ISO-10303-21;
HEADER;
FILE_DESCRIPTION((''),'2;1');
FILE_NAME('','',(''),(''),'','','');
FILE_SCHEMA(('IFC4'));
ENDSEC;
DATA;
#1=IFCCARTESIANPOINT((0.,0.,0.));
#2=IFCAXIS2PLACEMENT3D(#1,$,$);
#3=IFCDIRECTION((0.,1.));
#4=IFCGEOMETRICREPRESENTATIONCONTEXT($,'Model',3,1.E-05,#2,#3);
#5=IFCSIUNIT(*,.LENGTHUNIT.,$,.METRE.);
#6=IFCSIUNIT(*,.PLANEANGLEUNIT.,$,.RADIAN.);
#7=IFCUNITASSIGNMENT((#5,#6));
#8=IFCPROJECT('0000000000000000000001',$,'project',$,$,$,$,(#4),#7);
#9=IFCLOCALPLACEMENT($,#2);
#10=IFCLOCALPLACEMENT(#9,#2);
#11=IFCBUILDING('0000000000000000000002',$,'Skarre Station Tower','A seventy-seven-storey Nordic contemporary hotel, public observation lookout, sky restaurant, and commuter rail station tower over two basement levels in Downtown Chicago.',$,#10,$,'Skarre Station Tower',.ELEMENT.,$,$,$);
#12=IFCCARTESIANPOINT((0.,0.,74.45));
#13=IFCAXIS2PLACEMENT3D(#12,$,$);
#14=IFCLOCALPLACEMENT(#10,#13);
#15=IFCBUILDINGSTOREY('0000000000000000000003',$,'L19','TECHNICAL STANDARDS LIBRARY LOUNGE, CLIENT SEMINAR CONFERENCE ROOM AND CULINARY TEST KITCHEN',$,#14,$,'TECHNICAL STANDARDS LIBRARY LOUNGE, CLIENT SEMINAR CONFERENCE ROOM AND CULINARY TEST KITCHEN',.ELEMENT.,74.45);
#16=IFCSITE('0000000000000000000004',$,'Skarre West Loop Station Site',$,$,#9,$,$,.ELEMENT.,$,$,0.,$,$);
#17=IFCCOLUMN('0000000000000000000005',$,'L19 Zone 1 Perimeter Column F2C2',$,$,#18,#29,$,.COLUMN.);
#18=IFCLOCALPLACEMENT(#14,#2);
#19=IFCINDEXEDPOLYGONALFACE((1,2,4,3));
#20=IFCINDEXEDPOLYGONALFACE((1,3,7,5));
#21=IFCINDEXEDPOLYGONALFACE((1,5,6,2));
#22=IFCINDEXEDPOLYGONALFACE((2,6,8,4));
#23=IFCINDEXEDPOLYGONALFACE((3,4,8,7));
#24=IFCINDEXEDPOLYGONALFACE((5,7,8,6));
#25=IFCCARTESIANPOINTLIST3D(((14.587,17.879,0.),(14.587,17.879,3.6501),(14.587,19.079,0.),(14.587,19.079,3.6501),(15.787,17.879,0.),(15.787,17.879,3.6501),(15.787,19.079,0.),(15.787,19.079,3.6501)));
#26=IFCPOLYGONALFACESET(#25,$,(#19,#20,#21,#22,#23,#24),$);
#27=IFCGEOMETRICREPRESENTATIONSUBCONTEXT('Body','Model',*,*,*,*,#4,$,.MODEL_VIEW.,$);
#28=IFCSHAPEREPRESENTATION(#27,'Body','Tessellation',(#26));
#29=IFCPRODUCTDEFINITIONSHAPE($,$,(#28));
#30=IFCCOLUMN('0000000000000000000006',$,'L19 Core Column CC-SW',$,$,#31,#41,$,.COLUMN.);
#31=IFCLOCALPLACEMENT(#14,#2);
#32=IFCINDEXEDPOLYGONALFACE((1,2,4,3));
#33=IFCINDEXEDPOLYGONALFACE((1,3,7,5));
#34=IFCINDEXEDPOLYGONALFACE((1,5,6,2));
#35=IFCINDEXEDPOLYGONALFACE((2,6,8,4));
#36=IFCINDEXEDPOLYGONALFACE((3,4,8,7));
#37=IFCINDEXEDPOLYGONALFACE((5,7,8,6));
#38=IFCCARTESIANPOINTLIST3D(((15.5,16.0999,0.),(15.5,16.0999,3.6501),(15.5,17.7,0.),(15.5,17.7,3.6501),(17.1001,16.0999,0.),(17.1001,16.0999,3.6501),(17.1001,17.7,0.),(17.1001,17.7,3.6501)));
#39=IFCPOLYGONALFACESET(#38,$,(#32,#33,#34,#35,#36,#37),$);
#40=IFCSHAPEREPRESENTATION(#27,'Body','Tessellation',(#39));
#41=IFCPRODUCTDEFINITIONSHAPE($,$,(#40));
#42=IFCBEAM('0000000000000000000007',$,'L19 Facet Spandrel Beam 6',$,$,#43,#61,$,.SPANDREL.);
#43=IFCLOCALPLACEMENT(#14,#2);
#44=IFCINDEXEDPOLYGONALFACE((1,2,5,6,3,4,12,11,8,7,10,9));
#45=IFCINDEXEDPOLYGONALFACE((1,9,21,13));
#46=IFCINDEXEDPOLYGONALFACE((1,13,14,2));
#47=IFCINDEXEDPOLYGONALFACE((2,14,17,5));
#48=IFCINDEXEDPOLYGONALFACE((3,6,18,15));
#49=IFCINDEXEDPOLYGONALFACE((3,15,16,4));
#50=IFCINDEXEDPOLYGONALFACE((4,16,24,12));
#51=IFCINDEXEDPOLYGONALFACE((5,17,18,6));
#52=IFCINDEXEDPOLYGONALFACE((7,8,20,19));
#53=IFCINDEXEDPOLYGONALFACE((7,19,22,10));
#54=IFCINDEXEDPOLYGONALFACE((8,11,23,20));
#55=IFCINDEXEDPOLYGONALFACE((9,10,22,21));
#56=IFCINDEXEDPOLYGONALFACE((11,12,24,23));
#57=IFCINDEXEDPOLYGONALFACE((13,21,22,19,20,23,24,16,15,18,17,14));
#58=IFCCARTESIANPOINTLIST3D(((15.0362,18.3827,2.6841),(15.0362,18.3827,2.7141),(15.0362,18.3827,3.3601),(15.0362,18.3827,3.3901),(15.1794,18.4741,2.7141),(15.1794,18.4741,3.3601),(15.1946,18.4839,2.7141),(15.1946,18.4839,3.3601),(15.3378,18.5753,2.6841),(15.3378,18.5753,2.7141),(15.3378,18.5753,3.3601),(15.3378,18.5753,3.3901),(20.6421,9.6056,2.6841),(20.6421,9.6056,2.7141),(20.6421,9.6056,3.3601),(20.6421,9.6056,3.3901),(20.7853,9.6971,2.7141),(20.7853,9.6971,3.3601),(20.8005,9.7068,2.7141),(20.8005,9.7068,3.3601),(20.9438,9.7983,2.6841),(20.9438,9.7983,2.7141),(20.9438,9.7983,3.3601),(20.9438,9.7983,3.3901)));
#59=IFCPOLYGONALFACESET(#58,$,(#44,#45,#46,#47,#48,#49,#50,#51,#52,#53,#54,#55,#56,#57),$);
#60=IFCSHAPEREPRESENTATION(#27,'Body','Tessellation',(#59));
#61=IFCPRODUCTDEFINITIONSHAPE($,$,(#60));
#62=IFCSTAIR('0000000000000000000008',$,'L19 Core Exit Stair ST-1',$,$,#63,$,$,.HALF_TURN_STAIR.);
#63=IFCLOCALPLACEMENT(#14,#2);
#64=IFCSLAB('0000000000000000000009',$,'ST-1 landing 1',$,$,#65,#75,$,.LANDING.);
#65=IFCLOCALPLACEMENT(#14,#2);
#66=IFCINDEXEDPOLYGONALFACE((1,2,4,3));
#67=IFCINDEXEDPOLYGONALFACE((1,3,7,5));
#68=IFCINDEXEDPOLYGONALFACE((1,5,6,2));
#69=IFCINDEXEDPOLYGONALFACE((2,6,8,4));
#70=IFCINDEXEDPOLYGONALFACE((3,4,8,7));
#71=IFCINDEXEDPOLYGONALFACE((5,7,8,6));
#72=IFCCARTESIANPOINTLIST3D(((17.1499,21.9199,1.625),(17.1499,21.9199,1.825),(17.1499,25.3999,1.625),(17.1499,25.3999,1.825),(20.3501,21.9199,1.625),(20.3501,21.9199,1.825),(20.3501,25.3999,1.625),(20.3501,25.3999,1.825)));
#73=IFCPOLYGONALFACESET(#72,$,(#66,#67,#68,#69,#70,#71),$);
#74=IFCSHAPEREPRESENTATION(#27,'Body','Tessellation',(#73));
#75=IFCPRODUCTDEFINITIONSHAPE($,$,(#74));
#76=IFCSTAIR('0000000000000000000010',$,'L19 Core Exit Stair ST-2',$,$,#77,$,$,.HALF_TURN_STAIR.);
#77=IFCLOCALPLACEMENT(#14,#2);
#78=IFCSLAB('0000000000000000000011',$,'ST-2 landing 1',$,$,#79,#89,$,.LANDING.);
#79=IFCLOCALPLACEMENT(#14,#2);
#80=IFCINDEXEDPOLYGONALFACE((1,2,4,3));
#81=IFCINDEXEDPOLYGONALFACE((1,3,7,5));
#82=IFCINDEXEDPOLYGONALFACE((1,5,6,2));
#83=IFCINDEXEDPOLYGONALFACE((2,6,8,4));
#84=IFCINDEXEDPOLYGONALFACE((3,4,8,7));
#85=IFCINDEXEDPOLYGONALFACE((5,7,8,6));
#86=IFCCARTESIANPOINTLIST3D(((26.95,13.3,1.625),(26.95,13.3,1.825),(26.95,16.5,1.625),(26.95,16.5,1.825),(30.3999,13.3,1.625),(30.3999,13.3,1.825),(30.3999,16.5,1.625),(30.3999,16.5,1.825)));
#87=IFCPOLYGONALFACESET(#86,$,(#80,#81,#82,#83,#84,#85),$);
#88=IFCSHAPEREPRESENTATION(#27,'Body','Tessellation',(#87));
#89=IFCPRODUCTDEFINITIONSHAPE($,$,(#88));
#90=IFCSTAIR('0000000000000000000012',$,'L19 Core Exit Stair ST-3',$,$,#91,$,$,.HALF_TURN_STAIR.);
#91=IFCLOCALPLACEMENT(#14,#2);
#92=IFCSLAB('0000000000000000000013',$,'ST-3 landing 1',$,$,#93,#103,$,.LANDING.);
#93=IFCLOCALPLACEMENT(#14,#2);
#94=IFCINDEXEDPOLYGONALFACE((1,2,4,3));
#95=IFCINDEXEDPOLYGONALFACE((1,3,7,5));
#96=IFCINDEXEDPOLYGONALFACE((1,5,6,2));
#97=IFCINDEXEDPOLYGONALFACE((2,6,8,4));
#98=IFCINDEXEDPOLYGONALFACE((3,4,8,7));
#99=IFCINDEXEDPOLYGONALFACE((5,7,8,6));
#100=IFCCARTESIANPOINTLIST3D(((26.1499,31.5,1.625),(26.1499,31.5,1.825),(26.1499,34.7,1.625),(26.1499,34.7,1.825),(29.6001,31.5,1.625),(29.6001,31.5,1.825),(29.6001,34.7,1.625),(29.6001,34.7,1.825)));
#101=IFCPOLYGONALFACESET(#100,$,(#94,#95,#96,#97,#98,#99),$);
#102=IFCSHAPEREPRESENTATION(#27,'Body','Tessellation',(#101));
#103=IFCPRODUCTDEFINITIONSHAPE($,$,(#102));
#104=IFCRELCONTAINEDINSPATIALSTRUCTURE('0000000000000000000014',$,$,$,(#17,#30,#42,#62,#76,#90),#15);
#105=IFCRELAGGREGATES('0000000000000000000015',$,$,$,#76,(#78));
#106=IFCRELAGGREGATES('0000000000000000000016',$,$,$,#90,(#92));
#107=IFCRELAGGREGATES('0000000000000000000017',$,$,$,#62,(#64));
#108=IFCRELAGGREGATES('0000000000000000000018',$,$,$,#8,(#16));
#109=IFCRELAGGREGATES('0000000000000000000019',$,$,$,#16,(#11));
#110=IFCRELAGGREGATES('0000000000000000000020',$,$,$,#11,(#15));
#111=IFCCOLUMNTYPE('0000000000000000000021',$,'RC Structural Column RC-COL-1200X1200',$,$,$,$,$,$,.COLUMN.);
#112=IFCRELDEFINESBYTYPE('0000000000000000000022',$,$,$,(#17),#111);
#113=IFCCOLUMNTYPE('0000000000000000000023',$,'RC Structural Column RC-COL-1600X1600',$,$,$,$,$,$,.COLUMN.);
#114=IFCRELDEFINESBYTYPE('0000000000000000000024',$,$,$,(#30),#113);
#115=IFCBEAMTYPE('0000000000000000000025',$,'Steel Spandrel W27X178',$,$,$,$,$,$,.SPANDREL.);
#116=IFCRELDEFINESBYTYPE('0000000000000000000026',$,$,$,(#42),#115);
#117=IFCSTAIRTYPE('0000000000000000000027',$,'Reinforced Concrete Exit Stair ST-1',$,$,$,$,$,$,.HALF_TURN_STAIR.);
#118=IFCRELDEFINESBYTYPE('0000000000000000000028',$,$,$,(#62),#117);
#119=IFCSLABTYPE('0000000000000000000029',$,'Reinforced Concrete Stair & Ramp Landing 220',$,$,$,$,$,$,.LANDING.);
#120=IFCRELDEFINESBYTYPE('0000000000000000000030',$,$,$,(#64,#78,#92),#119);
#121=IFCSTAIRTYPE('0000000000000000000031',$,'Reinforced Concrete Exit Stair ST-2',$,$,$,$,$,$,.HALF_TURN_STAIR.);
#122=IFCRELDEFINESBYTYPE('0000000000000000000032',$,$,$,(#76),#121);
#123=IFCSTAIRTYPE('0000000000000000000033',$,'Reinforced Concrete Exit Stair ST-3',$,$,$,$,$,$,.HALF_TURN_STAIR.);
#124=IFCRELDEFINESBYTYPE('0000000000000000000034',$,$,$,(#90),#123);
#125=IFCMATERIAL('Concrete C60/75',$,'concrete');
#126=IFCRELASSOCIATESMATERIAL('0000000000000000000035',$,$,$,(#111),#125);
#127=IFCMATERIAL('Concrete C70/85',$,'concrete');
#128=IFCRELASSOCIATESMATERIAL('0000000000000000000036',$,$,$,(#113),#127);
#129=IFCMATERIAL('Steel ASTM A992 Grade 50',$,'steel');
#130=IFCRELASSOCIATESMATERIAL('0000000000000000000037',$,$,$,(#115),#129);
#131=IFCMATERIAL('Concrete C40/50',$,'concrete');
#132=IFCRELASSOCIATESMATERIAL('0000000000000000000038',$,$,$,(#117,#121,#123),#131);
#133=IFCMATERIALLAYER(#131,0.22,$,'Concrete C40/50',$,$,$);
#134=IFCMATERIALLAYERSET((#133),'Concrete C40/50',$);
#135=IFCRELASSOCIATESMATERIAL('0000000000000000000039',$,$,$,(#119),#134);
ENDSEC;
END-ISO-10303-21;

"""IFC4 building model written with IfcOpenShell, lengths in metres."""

from ifc_helpers import new_model, si_unit, direction, frame, origin, origin_2d, place, context, subcontext, project, spatial, polyline, rectangle, i_section, outline, extrude, material, layer, layer_set, material_profile, profile_set, type_object, element, aggregate, save


model = new_model("IFC4")

# Units and contexts
model_context = context("Model", 3, precision=1e-05, world=origin(), true_north=direction((0.0, 1.0)))
body_context = subcontext(model_context, "Body", "Model", "MODEL_VIEW")
ifc_project = project(units=[si_unit("LENGTHUNIT", "METRE"), si_unit("PLANEANGLEUNIT", "RADIAN")], contexts=[model_context])

# Site, building, storey
site_placement = place(None, origin())
site = spatial("IfcSite", under=ifc_project, at=site_placement, Name="Skarre West Loop Station Site", CompositionType="ELEMENT", RefElevation=0.0)
building_placement = place(site_placement, origin())
building = spatial("IfcBuilding", under=site, at=building_placement, Name="Skarre Station Tower", Description="A seventy-seven-storey Nordic contemporary hotel, public observation lookout, sky restaurant, and commuter rail station tower over two basement levels in Downtown Chicago.", LongName="Skarre Station Tower", CompositionType="ELEMENT")
storey_placement = place(building_placement, frame((0.0, 0.0, 74.45)))
storey = spatial("IfcBuildingStorey", under=building, at=storey_placement, Name="L19", Description="TECHNICAL STANDARDS LIBRARY LOUNGE, CLIENT SEMINAR CONFERENCE ROOM AND CULINARY TEST KITCHEN", LongName="TECHNICAL STANDARDS LIBRARY LOUNGE, CLIENT SEMINAR CONFERENCE ROOM AND CULINARY TEST KITCHEN", CompositionType="ELEMENT", Elevation=74.45)

# Columns
ifc_material_1 = material(Name="Concrete C60/75", Category="concrete")
ifc_material_profile_1 = material_profile(ifc_material_1, rectangle(XDim=1.2, YDim=1.2, at=origin_2d()), Name="Concrete C60/75")
ifc_profile_set_1 = profile_set([ifc_material_profile_1], Name="Concrete C60/75")
column_type_1 = type_object("IfcColumnType", Name="RC Structural Column RC-COL-1200X1200", PredefinedType="COLUMN", material=ifc_profile_set_1)
column_1_placement = place(storey_placement, frame((15.187, 18.479, 0.0), z_axis=(0.0, 0.0, 1.0), x_axis=(1.0, 0.0, 0.0)))
element("IfcColumn", 1, at=column_1_placement, inside=storey, type_object=column_type_1, Name="L19 Zone 1 Perimeter Column F2C2", PredefinedType="COLUMN", context=body_context, shape_type="SweptSolid", body=[
    extrude(rectangle(XDim=1.2, YDim=1.2, at=origin_2d()), origin(), (0.0, 0.0, 1.0), 3.6501),
])
ifc_material_2 = material(Name="Concrete C70/85", Category="concrete")
ifc_material_profile_2 = material_profile(ifc_material_2, rectangle(XDim=1.6001, YDim=1.6001, at=origin_2d()), Name="Concrete C70/85")
ifc_profile_set_2 = profile_set([ifc_material_profile_2], Name="Concrete C70/85")
column_type_2 = type_object("IfcColumnType", Name="RC Structural Column RC-COL-1600X1600", PredefinedType="COLUMN", material=ifc_profile_set_2)
column_2_placement = place(storey_placement, frame((16.3, 16.8999, 0.0), z_axis=(0.0, 0.0, 1.0), x_axis=(1.0, 0.0, 0.0)))
element("IfcColumn", 2, at=column_2_placement, inside=storey, type_object=column_type_2, Name="L19 Core Column CC-SW", PredefinedType="COLUMN", context=body_context, shape_type="SweptSolid", body=[
    extrude(rectangle(XDim=1.6001, YDim=1.6001, at=origin_2d()), origin(), (0.0, 0.0, 1.0), 3.6501),
])

# Beam
ifc_material_3 = material(Name="Steel ASTM A992 Grade 50", Category="steel")
ifc_material_profile_3 = material_profile(ifc_material_3, i_section(OverallWidth=0.3579, OverallDepth=0.7061, WebThickness=0.0181, FlangeThickness=0.03, at=origin_2d()), Name="Steel ASTM A992 Grade 50")
ifc_profile_set_3 = profile_set([ifc_material_profile_3], Name="Steel ASTM A992 Grade 50")
beam_type = type_object("IfcBeamType", Name="Steel Spandrel W27X178", PredefinedType="SPANDREL", material=ifc_profile_set_3)
beam_placement = place(storey_placement, frame((15.187, 18.479, 3.0371), z_axis=(0.538278, -0.842767, 0.0), x_axis=(0.842767, 0.538278, 0.0)))
element("IfcBeam", 3, at=beam_placement, inside=storey, type_object=beam_type, Name="L19 Facet Spandrel Beam 6", PredefinedType="SPANDREL", context=body_context, shape_type="SweptSolid", body=[
    extrude(i_section(OverallWidth=0.3579, OverallDepth=0.7061, WebThickness=0.0181, FlangeThickness=0.03, at=origin_2d()), origin(), (0.0, 0.0, 1.0), 10.4146),
])

# Stairs, slabs
ifc_material_4 = material(Name="Concrete C40/50", Category="concrete")
stair_type_1 = type_object("IfcStairType", Name="Reinforced Concrete Exit Stair ST-1", PredefinedType="HALF_TURN_STAIR", material=ifc_material_4)
stair_1_placement = place(storey_placement, origin())
stair_1 = element("IfcStair", 4, at=stair_1_placement, inside=storey, type_object=stair_type_1, Name="L19 Core Exit Stair ST-1", PredefinedType="HALF_TURN_STAIR")
ifc_layer_1 = layer(ifc_material_4, 0.22, Name="Concrete C40/50")
ifc_layer_set_1 = layer_set([ifc_layer_1], Name="Concrete C40/50")
slab_type_1 = type_object("IfcSlabType", Name="Reinforced Concrete Stair & Ramp Landing 220", PredefinedType="LANDING", material=ifc_layer_set_1)
slab_1_placement = place(storey_placement, frame((0.0, 0.0, 1.625)))
slab_1 = element("IfcSlab", 5, at=slab_1_placement, type_object=slab_type_1, Name="ST-1 landing 1", PredefinedType="LANDING", context=body_context, shape_type="SweptSolid", body=[
    extrude(outline(polyline([(20.3501, 21.9199), (20.3501, 25.3999), (17.1499, 25.3999), (17.1499, 21.9199), (20.3501, 21.9199)])), origin(), (0.0, 0.0, 1.0), 0.2),
])
stair_type_2 = type_object("IfcStairType", Name="Reinforced Concrete Exit Stair ST-2", PredefinedType="HALF_TURN_STAIR", material=ifc_material_4)
stair_2_placement = place(storey_placement, origin())
stair_2 = element("IfcStair", 6, at=stair_2_placement, inside=storey, type_object=stair_type_2, Name="L19 Core Exit Stair ST-2", PredefinedType="HALF_TURN_STAIR")
slab_2_placement = place(storey_placement, frame((0.0, 0.0, 1.625)))
slab_2 = element("IfcSlab", 7, at=slab_2_placement, type_object=slab_type_1, Name="ST-2 landing 1", PredefinedType="LANDING", context=body_context, shape_type="SweptSolid", body=[
    extrude(outline(polyline([(26.95, 13.3), (30.3999, 13.3), (30.3999, 16.5), (26.95, 16.5), (26.95, 13.3)])), origin(), (0.0, 0.0, 1.0), 0.2),
])
aggregate(stair_2, [slab_2])
stair_type_3 = type_object("IfcStairType", Name="Reinforced Concrete Exit Stair ST-3", PredefinedType="HALF_TURN_STAIR", material=ifc_material_4)
stair_3_placement = place(storey_placement, origin())
stair_3 = element("IfcStair", 8, at=stair_3_placement, inside=storey, type_object=stair_type_3, Name="L19 Core Exit Stair ST-3", PredefinedType="HALF_TURN_STAIR")
slab_3_placement = place(storey_placement, frame((0.0, 0.0, 1.625)))
slab_3 = element("IfcSlab", 9, at=slab_3_placement, type_object=slab_type_1, Name="ST-3 landing 1", PredefinedType="LANDING", context=body_context, shape_type="SweptSolid", body=[
    extrude(outline(polyline([(26.1499, 31.5), (29.6001, 31.5), (29.6001, 34.7), (26.1499, 34.7), (26.1499, 31.5)])), origin(), (0.0, 0.0, 1.0), 0.2),
])
aggregate(stair_3, [slab_3])

aggregate(stair_1, [slab_1])

save(model, "model.ifc")
